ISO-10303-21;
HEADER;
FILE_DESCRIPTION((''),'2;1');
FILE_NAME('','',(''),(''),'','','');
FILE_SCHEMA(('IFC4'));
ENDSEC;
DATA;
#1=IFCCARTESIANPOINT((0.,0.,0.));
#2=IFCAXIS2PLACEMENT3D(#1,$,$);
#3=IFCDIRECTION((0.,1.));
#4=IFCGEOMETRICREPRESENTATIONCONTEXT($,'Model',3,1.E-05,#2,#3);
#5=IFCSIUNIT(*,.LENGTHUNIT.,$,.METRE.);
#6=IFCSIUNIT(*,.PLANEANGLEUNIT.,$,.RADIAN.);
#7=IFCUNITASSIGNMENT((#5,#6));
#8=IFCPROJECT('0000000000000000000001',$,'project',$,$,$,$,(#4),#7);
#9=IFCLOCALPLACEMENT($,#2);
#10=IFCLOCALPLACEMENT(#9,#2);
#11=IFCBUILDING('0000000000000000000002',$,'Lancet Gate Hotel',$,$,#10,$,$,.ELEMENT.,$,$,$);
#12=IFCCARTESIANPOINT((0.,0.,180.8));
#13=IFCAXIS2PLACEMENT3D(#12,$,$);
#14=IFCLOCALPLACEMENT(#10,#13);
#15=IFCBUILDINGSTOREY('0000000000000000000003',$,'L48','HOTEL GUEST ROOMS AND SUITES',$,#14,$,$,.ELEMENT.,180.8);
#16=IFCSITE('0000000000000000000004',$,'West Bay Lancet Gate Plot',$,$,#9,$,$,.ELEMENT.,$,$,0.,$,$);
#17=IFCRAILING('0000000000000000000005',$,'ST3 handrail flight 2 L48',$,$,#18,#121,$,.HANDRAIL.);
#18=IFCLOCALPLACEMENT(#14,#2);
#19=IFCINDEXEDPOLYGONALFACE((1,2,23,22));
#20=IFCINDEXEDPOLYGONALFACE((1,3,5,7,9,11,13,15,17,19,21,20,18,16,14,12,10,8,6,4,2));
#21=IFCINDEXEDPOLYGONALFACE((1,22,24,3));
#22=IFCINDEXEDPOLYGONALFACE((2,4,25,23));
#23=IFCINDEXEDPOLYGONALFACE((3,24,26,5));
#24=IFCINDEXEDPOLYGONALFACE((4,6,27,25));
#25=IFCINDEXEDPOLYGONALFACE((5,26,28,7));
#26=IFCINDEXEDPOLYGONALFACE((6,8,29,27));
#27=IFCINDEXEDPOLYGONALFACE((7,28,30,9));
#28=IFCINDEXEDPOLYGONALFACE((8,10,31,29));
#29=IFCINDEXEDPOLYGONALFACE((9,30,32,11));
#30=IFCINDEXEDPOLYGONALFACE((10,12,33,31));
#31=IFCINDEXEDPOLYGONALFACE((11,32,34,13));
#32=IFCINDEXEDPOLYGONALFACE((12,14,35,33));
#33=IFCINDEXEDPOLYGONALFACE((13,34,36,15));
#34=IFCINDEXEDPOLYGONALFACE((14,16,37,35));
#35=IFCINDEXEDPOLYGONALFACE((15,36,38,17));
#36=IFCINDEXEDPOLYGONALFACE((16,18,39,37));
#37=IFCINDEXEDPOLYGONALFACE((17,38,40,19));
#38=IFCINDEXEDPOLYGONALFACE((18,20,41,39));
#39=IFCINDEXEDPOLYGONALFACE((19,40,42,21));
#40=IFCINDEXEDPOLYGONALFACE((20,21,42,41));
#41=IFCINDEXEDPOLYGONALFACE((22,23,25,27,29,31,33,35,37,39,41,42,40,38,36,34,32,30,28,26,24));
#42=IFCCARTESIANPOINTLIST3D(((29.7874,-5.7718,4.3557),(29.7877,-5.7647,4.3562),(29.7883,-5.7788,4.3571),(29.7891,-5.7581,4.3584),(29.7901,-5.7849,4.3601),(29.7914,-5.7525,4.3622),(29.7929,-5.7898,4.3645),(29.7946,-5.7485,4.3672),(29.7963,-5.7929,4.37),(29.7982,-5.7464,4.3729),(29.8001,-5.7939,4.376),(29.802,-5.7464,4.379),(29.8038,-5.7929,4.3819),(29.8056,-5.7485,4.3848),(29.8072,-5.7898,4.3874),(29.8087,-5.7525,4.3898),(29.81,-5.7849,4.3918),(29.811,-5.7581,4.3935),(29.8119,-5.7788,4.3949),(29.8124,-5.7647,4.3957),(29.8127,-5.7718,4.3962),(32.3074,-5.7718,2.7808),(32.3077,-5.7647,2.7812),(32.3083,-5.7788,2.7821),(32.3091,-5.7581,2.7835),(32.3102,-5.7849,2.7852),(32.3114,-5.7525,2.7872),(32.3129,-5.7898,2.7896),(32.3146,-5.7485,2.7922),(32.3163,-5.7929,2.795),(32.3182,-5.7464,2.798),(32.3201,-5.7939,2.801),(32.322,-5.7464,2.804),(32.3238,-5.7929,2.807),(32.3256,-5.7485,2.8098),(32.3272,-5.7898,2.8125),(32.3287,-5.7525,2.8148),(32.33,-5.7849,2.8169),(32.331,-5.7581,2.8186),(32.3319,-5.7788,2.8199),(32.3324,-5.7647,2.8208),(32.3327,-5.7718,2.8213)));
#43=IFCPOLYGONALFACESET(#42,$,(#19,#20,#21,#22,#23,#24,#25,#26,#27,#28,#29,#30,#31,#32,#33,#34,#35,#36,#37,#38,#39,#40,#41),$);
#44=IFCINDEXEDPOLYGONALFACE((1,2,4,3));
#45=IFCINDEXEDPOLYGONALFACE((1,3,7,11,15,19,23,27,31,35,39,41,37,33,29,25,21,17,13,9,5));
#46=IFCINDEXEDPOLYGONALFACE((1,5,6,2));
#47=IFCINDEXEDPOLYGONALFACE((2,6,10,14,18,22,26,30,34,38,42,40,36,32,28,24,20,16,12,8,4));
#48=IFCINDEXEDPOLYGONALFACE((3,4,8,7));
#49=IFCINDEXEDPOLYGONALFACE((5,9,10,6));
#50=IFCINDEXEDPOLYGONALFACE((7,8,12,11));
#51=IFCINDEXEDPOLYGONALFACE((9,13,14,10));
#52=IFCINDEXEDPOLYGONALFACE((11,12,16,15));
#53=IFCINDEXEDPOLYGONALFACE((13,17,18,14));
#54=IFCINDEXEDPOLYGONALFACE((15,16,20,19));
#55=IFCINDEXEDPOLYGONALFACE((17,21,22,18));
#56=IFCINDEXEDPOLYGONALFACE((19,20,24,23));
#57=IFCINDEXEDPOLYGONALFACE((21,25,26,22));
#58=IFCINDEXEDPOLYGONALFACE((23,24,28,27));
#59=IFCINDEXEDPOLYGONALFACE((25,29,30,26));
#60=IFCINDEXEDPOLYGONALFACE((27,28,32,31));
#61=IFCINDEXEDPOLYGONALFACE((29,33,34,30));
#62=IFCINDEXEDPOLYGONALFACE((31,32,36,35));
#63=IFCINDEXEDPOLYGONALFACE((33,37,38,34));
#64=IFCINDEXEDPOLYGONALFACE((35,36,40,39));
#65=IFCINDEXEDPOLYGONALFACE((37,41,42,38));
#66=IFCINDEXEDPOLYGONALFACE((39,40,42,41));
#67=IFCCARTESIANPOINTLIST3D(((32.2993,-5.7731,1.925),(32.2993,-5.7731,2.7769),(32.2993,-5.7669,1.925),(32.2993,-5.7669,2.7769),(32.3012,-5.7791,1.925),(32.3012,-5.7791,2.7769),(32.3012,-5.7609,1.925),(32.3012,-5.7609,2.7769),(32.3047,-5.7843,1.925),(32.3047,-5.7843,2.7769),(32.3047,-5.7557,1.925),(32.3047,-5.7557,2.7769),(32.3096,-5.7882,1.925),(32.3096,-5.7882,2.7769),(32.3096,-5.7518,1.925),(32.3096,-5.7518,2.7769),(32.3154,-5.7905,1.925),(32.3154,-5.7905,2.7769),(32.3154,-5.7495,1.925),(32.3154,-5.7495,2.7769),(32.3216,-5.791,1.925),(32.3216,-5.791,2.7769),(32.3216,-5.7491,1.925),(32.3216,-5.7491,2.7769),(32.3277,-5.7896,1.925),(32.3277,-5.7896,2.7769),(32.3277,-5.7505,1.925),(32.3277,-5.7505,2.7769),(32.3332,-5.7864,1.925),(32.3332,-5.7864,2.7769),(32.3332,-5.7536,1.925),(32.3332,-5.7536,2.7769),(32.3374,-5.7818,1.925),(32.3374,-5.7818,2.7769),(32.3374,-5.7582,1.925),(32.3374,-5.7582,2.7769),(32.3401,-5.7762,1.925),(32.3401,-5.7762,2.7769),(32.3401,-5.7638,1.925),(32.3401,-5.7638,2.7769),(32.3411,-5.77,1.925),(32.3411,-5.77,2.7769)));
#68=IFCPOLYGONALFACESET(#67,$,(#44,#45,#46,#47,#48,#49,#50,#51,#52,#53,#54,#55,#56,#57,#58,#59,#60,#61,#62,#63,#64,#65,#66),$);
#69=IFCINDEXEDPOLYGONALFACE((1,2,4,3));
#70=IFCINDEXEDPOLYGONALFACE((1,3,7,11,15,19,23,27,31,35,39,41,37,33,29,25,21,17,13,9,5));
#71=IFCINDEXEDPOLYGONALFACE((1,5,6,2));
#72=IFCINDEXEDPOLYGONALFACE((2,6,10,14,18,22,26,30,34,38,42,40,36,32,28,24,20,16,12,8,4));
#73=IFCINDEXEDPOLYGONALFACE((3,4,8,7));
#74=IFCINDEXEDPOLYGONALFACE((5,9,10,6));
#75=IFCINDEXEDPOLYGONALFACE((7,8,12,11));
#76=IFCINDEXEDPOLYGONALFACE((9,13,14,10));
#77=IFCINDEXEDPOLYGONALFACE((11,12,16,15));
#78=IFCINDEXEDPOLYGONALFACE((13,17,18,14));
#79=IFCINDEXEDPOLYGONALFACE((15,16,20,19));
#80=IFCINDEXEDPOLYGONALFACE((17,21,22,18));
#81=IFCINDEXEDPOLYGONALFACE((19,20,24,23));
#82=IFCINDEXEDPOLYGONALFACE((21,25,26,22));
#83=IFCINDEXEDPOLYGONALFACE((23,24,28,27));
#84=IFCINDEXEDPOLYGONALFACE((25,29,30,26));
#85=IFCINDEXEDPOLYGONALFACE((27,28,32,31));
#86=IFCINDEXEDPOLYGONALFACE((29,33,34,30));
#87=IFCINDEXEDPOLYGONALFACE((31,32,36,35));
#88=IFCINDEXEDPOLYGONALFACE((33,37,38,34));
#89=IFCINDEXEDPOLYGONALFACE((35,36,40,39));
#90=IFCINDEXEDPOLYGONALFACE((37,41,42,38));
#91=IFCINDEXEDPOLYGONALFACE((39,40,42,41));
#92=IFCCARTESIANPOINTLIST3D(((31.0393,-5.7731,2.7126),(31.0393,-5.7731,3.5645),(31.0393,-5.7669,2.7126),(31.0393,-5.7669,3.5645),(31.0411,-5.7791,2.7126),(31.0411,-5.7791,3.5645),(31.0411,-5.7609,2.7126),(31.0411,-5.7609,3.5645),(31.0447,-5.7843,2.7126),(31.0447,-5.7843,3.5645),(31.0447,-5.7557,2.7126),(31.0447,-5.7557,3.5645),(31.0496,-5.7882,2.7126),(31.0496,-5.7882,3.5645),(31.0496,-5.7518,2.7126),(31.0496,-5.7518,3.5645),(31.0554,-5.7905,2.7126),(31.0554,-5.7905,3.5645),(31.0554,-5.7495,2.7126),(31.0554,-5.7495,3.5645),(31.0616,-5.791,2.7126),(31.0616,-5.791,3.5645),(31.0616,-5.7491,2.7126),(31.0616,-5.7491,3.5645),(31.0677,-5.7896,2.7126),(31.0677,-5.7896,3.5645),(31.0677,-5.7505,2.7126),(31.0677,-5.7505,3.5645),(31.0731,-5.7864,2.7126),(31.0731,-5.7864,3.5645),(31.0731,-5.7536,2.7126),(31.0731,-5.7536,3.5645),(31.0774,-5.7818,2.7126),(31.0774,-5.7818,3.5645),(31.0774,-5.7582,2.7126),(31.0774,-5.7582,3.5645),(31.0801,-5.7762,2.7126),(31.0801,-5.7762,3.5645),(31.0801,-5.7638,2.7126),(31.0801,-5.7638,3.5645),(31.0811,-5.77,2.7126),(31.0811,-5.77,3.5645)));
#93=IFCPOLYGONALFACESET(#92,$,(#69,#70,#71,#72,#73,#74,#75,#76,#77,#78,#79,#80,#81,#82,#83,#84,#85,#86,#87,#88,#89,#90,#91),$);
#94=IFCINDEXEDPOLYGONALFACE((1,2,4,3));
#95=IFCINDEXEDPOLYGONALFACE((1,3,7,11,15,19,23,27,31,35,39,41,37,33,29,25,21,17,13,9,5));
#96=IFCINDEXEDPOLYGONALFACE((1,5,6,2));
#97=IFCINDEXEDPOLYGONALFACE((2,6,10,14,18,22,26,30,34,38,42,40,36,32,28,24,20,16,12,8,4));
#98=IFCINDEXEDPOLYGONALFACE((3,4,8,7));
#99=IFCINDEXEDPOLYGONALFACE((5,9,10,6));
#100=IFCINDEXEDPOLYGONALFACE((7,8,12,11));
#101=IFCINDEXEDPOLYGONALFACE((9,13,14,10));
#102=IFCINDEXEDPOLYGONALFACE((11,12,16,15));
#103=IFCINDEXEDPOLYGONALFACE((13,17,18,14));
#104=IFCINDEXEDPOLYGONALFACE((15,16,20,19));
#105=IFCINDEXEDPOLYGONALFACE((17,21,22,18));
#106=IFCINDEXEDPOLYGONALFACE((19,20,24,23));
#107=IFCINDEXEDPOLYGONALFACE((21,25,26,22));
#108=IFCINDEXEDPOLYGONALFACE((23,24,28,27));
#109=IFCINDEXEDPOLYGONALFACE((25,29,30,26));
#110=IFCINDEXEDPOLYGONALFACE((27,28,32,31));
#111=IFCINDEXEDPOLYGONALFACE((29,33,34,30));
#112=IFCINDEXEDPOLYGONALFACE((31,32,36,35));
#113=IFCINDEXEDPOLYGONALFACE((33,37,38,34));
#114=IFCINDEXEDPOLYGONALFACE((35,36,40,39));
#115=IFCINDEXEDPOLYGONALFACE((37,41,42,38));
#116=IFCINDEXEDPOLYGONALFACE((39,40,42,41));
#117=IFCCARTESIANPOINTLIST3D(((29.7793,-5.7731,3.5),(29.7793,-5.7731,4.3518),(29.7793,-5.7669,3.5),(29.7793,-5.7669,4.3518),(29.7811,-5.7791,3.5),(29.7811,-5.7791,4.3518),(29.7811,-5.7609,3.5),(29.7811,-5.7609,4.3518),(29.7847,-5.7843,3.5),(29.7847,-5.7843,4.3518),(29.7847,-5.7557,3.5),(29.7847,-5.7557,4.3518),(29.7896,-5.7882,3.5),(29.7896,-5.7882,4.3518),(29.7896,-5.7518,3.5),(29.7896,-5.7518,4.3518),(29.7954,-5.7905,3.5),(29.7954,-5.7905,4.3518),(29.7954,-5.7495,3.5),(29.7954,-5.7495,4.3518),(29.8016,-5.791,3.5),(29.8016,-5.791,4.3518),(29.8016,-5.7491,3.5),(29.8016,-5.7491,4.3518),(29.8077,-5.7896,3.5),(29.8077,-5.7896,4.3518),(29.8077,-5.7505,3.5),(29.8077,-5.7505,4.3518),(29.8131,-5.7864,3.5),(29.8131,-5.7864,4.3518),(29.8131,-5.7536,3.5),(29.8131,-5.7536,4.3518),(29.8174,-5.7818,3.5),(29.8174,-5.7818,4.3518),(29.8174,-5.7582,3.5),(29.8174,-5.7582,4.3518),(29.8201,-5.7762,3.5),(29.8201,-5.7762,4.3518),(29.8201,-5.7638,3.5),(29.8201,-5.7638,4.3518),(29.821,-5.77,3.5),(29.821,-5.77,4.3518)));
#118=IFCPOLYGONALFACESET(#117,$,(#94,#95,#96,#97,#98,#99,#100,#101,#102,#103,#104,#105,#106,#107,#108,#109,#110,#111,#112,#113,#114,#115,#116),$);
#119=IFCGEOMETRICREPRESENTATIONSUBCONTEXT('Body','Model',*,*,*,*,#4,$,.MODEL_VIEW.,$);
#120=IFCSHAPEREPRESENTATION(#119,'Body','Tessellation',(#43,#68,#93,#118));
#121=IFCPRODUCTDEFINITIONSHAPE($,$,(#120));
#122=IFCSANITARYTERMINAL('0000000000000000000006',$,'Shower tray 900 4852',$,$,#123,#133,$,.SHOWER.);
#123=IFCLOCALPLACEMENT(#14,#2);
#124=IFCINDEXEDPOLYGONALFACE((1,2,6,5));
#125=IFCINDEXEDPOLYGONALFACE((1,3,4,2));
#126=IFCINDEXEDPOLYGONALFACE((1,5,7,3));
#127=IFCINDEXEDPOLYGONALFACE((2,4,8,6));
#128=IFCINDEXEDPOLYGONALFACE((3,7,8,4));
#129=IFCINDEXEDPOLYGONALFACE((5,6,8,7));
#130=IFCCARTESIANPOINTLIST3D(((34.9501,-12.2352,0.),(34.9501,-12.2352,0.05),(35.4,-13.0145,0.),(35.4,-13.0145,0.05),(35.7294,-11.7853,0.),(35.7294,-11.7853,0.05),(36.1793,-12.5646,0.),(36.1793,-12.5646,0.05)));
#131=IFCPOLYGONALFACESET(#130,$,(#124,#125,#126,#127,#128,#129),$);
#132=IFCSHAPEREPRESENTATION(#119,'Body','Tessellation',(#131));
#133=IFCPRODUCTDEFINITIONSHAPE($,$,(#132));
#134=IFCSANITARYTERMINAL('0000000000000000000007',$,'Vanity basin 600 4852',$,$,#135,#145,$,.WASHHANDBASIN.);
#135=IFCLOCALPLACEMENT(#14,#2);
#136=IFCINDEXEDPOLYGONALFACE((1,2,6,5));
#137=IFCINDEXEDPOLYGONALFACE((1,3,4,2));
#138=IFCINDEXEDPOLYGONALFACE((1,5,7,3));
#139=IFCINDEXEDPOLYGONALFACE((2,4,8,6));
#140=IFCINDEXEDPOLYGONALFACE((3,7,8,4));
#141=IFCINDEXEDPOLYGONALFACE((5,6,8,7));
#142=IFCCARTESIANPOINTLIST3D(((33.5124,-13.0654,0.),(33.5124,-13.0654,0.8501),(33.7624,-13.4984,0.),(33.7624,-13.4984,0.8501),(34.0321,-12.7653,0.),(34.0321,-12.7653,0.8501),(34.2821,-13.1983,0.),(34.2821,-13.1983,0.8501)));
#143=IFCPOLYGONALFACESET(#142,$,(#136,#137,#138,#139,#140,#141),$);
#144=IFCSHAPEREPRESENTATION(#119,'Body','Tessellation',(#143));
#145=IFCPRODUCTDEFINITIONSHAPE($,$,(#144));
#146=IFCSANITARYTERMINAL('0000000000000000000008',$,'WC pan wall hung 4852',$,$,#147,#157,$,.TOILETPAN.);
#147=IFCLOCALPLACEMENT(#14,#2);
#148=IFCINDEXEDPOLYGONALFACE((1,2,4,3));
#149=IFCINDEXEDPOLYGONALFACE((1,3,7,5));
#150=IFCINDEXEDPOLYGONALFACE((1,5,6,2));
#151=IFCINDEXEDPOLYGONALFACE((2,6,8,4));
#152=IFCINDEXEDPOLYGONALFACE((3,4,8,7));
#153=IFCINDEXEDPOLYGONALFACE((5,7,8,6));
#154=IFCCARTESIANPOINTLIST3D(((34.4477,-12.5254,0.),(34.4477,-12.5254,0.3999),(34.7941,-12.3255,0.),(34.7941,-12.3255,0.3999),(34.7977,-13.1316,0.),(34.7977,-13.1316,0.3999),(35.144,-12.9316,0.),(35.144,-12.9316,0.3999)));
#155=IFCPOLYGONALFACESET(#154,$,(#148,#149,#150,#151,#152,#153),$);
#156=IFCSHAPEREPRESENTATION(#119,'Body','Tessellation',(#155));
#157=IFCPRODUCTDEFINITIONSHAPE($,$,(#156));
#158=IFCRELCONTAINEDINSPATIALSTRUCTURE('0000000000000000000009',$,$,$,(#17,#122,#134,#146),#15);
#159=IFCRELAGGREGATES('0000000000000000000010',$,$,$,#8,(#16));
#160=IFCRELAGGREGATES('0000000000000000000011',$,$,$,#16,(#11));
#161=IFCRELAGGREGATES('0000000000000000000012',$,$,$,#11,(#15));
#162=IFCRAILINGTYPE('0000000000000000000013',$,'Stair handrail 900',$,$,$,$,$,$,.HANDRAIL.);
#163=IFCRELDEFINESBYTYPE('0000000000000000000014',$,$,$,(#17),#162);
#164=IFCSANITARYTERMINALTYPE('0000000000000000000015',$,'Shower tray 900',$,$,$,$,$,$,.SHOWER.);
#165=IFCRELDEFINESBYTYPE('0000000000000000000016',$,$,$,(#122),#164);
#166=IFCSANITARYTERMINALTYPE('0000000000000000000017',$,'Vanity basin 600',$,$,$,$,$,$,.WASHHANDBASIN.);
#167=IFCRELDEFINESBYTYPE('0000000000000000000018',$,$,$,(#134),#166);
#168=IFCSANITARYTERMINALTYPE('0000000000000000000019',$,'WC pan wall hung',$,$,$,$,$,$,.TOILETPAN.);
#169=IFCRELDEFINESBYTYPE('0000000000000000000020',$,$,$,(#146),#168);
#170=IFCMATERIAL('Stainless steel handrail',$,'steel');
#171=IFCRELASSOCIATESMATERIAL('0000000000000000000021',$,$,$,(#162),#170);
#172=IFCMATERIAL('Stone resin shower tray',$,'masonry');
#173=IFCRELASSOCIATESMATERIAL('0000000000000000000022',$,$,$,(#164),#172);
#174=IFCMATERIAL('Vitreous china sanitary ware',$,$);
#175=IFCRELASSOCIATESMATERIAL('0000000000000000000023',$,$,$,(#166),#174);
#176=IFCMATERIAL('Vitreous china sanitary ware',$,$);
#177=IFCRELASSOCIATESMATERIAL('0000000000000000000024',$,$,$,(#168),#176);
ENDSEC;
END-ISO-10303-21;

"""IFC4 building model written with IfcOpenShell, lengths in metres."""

from ifc_helpers import new_model, si_unit, direction, frame, origin, origin_2d, place, context, subcontext, project, spatial, rectangle, circle, extrude, material, type_object, element, save


model = new_model("IFC4")

# Units and contexts
model_context = context("Model", 3, precision=1e-05, world=origin(), true_north=direction((0.0, 1.0)))
body_context = subcontext(model_context, "Body", "Model", "MODEL_VIEW")
ifc_project = project(units=[si_unit("LENGTHUNIT", "METRE"), si_unit("PLANEANGLEUNIT", "RADIAN")], contexts=[model_context])

# Site, building, storey
site_placement = place(None, origin())
site = spatial("IfcSite", under=ifc_project, at=site_placement, Name="West Bay Lancet Gate Plot", CompositionType="ELEMENT", RefElevation=0.0)
building_placement = place(site_placement, origin())
building = spatial("IfcBuilding", under=site, at=building_placement, Name="Lancet Gate Hotel", CompositionType="ELEMENT")
storey_placement = place(building_placement, frame((0.0, 0.0, 180.8)))
storey = spatial("IfcBuildingStorey", under=building, at=storey_placement, Name="L48", Description="HOTEL GUEST ROOMS AND SUITES", CompositionType="ELEMENT", Elevation=180.8)

# Railing
ifc_material_1 = material(Name="Stainless steel handrail", Category="steel")
railing_type = type_object("IfcRailingType", Name="Stair handrail 900", PredefinedType="HANDRAIL", material=ifc_material_1)
railing_1_placement = place(storey_placement, frame((32.3201, -5.77, 1.925)))
element("IfcRailing", 1, at=railing_1_placement, inside=storey, type_object=railing_type, Name="ST3 handrail flight 2 L48", PredefinedType="HANDRAIL", context=body_context, shape_type="SweptSolid", body=[
    extrude(circle(Radius=0.0239, at=origin_2d()), frame((0.0, 0.0, 0.876), z_axis=(-0.848008, 0.0, 0.529984), x_axis=(0.0, -1.0, 0.0)), (0.0, 0.0, 1.0), 2.9717),
    extrude(circle(Radius=0.021, at=origin_2d()), origin(), (0.0, 0.0, 1.0), 0.8518),
    extrude(circle(Radius=0.021, at=origin_2d()), frame((-1.26, 0.0, 0.7876)), (0.0, 0.0, 1.0), 0.8518),
    extrude(circle(Radius=0.021, at=origin_2d()), frame((-2.52, 0.0, 1.575)), (0.0, 0.0, 1.0), 0.8518),
])

# Sanitary terminals
ifc_material_2 = material(Name="Stone resin shower tray", Category="masonry")
sanitary_terminal_type_1 = type_object("IfcSanitaryTerminalType", Name="Shower tray 900", PredefinedType="SHOWER", material=ifc_material_2)
sanitary_terminal_1_placement = place(storey_placement, frame((35.5647, -12.3999, 0.0), z_axis=(0.0, 0.0, 1.0), x_axis=(0.866025, 0.5, 0.0)))
element("IfcSanitaryTerminal", 2, at=sanitary_terminal_1_placement, inside=storey, type_object=sanitary_terminal_type_1, Name="Shower tray 900 4852", PredefinedType="SHOWER", context=body_context, shape_type="SweptSolid", body=[
    extrude(rectangle(XDim=0.8999, YDim=0.8999, at=origin_2d()), origin(), (0.0, 0.0, 1.0), 0.05),
])
ifc_material_3 = material(Name="Vitreous china sanitary ware")
sanitary_terminal_type_2 = type_object("IfcSanitaryTerminalType", Name="Vanity basin 600", PredefinedType="WASHHANDBASIN", material=ifc_material_3)
sanitary_terminal_2_placement = place(storey_placement, frame((33.8972, -13.1318, 0.0), z_axis=(0.0, 0.0, 1.0), x_axis=(0.866025, 0.5, 0.0)))
element("IfcSanitaryTerminal", 3, at=sanitary_terminal_2_placement, inside=storey, type_object=sanitary_terminal_type_2, Name="Vanity basin 600 4852", PredefinedType="WASHHANDBASIN", context=body_context, shape_type="SweptSolid", body=[
    extrude(rectangle(XDim=0.6001, YDim=0.5, at=origin_2d()), origin(), (0.0, 0.0, 1.0), 0.8501),
])
ifc_material_4 = material(Name="Vitreous china sanitary ware")
sanitary_terminal_type_3 = type_object("IfcSanitaryTerminalType", Name="WC pan wall hung", PredefinedType="TOILETPAN", material=ifc_material_4)
sanitary_terminal_3_placement = place(storey_placement, frame((34.7959, -12.7285, 0.0), z_axis=(0.0, 0.0, 1.0), x_axis=(0.866025, 0.5, 0.0)))
element("IfcSanitaryTerminal", 4, at=sanitary_terminal_3_placement, inside=storey, type_object=sanitary_terminal_type_3, Name="WC pan wall hung 4852", PredefinedType="TOILETPAN", context=body_context, shape_type="SweptSolid", body=[
    extrude(rectangle(XDim=0.3999, YDim=0.7, at=origin_2d()), origin(), (0.0, 0.0, 1.0), 0.3999),
])

save(model, "model.ifc")
